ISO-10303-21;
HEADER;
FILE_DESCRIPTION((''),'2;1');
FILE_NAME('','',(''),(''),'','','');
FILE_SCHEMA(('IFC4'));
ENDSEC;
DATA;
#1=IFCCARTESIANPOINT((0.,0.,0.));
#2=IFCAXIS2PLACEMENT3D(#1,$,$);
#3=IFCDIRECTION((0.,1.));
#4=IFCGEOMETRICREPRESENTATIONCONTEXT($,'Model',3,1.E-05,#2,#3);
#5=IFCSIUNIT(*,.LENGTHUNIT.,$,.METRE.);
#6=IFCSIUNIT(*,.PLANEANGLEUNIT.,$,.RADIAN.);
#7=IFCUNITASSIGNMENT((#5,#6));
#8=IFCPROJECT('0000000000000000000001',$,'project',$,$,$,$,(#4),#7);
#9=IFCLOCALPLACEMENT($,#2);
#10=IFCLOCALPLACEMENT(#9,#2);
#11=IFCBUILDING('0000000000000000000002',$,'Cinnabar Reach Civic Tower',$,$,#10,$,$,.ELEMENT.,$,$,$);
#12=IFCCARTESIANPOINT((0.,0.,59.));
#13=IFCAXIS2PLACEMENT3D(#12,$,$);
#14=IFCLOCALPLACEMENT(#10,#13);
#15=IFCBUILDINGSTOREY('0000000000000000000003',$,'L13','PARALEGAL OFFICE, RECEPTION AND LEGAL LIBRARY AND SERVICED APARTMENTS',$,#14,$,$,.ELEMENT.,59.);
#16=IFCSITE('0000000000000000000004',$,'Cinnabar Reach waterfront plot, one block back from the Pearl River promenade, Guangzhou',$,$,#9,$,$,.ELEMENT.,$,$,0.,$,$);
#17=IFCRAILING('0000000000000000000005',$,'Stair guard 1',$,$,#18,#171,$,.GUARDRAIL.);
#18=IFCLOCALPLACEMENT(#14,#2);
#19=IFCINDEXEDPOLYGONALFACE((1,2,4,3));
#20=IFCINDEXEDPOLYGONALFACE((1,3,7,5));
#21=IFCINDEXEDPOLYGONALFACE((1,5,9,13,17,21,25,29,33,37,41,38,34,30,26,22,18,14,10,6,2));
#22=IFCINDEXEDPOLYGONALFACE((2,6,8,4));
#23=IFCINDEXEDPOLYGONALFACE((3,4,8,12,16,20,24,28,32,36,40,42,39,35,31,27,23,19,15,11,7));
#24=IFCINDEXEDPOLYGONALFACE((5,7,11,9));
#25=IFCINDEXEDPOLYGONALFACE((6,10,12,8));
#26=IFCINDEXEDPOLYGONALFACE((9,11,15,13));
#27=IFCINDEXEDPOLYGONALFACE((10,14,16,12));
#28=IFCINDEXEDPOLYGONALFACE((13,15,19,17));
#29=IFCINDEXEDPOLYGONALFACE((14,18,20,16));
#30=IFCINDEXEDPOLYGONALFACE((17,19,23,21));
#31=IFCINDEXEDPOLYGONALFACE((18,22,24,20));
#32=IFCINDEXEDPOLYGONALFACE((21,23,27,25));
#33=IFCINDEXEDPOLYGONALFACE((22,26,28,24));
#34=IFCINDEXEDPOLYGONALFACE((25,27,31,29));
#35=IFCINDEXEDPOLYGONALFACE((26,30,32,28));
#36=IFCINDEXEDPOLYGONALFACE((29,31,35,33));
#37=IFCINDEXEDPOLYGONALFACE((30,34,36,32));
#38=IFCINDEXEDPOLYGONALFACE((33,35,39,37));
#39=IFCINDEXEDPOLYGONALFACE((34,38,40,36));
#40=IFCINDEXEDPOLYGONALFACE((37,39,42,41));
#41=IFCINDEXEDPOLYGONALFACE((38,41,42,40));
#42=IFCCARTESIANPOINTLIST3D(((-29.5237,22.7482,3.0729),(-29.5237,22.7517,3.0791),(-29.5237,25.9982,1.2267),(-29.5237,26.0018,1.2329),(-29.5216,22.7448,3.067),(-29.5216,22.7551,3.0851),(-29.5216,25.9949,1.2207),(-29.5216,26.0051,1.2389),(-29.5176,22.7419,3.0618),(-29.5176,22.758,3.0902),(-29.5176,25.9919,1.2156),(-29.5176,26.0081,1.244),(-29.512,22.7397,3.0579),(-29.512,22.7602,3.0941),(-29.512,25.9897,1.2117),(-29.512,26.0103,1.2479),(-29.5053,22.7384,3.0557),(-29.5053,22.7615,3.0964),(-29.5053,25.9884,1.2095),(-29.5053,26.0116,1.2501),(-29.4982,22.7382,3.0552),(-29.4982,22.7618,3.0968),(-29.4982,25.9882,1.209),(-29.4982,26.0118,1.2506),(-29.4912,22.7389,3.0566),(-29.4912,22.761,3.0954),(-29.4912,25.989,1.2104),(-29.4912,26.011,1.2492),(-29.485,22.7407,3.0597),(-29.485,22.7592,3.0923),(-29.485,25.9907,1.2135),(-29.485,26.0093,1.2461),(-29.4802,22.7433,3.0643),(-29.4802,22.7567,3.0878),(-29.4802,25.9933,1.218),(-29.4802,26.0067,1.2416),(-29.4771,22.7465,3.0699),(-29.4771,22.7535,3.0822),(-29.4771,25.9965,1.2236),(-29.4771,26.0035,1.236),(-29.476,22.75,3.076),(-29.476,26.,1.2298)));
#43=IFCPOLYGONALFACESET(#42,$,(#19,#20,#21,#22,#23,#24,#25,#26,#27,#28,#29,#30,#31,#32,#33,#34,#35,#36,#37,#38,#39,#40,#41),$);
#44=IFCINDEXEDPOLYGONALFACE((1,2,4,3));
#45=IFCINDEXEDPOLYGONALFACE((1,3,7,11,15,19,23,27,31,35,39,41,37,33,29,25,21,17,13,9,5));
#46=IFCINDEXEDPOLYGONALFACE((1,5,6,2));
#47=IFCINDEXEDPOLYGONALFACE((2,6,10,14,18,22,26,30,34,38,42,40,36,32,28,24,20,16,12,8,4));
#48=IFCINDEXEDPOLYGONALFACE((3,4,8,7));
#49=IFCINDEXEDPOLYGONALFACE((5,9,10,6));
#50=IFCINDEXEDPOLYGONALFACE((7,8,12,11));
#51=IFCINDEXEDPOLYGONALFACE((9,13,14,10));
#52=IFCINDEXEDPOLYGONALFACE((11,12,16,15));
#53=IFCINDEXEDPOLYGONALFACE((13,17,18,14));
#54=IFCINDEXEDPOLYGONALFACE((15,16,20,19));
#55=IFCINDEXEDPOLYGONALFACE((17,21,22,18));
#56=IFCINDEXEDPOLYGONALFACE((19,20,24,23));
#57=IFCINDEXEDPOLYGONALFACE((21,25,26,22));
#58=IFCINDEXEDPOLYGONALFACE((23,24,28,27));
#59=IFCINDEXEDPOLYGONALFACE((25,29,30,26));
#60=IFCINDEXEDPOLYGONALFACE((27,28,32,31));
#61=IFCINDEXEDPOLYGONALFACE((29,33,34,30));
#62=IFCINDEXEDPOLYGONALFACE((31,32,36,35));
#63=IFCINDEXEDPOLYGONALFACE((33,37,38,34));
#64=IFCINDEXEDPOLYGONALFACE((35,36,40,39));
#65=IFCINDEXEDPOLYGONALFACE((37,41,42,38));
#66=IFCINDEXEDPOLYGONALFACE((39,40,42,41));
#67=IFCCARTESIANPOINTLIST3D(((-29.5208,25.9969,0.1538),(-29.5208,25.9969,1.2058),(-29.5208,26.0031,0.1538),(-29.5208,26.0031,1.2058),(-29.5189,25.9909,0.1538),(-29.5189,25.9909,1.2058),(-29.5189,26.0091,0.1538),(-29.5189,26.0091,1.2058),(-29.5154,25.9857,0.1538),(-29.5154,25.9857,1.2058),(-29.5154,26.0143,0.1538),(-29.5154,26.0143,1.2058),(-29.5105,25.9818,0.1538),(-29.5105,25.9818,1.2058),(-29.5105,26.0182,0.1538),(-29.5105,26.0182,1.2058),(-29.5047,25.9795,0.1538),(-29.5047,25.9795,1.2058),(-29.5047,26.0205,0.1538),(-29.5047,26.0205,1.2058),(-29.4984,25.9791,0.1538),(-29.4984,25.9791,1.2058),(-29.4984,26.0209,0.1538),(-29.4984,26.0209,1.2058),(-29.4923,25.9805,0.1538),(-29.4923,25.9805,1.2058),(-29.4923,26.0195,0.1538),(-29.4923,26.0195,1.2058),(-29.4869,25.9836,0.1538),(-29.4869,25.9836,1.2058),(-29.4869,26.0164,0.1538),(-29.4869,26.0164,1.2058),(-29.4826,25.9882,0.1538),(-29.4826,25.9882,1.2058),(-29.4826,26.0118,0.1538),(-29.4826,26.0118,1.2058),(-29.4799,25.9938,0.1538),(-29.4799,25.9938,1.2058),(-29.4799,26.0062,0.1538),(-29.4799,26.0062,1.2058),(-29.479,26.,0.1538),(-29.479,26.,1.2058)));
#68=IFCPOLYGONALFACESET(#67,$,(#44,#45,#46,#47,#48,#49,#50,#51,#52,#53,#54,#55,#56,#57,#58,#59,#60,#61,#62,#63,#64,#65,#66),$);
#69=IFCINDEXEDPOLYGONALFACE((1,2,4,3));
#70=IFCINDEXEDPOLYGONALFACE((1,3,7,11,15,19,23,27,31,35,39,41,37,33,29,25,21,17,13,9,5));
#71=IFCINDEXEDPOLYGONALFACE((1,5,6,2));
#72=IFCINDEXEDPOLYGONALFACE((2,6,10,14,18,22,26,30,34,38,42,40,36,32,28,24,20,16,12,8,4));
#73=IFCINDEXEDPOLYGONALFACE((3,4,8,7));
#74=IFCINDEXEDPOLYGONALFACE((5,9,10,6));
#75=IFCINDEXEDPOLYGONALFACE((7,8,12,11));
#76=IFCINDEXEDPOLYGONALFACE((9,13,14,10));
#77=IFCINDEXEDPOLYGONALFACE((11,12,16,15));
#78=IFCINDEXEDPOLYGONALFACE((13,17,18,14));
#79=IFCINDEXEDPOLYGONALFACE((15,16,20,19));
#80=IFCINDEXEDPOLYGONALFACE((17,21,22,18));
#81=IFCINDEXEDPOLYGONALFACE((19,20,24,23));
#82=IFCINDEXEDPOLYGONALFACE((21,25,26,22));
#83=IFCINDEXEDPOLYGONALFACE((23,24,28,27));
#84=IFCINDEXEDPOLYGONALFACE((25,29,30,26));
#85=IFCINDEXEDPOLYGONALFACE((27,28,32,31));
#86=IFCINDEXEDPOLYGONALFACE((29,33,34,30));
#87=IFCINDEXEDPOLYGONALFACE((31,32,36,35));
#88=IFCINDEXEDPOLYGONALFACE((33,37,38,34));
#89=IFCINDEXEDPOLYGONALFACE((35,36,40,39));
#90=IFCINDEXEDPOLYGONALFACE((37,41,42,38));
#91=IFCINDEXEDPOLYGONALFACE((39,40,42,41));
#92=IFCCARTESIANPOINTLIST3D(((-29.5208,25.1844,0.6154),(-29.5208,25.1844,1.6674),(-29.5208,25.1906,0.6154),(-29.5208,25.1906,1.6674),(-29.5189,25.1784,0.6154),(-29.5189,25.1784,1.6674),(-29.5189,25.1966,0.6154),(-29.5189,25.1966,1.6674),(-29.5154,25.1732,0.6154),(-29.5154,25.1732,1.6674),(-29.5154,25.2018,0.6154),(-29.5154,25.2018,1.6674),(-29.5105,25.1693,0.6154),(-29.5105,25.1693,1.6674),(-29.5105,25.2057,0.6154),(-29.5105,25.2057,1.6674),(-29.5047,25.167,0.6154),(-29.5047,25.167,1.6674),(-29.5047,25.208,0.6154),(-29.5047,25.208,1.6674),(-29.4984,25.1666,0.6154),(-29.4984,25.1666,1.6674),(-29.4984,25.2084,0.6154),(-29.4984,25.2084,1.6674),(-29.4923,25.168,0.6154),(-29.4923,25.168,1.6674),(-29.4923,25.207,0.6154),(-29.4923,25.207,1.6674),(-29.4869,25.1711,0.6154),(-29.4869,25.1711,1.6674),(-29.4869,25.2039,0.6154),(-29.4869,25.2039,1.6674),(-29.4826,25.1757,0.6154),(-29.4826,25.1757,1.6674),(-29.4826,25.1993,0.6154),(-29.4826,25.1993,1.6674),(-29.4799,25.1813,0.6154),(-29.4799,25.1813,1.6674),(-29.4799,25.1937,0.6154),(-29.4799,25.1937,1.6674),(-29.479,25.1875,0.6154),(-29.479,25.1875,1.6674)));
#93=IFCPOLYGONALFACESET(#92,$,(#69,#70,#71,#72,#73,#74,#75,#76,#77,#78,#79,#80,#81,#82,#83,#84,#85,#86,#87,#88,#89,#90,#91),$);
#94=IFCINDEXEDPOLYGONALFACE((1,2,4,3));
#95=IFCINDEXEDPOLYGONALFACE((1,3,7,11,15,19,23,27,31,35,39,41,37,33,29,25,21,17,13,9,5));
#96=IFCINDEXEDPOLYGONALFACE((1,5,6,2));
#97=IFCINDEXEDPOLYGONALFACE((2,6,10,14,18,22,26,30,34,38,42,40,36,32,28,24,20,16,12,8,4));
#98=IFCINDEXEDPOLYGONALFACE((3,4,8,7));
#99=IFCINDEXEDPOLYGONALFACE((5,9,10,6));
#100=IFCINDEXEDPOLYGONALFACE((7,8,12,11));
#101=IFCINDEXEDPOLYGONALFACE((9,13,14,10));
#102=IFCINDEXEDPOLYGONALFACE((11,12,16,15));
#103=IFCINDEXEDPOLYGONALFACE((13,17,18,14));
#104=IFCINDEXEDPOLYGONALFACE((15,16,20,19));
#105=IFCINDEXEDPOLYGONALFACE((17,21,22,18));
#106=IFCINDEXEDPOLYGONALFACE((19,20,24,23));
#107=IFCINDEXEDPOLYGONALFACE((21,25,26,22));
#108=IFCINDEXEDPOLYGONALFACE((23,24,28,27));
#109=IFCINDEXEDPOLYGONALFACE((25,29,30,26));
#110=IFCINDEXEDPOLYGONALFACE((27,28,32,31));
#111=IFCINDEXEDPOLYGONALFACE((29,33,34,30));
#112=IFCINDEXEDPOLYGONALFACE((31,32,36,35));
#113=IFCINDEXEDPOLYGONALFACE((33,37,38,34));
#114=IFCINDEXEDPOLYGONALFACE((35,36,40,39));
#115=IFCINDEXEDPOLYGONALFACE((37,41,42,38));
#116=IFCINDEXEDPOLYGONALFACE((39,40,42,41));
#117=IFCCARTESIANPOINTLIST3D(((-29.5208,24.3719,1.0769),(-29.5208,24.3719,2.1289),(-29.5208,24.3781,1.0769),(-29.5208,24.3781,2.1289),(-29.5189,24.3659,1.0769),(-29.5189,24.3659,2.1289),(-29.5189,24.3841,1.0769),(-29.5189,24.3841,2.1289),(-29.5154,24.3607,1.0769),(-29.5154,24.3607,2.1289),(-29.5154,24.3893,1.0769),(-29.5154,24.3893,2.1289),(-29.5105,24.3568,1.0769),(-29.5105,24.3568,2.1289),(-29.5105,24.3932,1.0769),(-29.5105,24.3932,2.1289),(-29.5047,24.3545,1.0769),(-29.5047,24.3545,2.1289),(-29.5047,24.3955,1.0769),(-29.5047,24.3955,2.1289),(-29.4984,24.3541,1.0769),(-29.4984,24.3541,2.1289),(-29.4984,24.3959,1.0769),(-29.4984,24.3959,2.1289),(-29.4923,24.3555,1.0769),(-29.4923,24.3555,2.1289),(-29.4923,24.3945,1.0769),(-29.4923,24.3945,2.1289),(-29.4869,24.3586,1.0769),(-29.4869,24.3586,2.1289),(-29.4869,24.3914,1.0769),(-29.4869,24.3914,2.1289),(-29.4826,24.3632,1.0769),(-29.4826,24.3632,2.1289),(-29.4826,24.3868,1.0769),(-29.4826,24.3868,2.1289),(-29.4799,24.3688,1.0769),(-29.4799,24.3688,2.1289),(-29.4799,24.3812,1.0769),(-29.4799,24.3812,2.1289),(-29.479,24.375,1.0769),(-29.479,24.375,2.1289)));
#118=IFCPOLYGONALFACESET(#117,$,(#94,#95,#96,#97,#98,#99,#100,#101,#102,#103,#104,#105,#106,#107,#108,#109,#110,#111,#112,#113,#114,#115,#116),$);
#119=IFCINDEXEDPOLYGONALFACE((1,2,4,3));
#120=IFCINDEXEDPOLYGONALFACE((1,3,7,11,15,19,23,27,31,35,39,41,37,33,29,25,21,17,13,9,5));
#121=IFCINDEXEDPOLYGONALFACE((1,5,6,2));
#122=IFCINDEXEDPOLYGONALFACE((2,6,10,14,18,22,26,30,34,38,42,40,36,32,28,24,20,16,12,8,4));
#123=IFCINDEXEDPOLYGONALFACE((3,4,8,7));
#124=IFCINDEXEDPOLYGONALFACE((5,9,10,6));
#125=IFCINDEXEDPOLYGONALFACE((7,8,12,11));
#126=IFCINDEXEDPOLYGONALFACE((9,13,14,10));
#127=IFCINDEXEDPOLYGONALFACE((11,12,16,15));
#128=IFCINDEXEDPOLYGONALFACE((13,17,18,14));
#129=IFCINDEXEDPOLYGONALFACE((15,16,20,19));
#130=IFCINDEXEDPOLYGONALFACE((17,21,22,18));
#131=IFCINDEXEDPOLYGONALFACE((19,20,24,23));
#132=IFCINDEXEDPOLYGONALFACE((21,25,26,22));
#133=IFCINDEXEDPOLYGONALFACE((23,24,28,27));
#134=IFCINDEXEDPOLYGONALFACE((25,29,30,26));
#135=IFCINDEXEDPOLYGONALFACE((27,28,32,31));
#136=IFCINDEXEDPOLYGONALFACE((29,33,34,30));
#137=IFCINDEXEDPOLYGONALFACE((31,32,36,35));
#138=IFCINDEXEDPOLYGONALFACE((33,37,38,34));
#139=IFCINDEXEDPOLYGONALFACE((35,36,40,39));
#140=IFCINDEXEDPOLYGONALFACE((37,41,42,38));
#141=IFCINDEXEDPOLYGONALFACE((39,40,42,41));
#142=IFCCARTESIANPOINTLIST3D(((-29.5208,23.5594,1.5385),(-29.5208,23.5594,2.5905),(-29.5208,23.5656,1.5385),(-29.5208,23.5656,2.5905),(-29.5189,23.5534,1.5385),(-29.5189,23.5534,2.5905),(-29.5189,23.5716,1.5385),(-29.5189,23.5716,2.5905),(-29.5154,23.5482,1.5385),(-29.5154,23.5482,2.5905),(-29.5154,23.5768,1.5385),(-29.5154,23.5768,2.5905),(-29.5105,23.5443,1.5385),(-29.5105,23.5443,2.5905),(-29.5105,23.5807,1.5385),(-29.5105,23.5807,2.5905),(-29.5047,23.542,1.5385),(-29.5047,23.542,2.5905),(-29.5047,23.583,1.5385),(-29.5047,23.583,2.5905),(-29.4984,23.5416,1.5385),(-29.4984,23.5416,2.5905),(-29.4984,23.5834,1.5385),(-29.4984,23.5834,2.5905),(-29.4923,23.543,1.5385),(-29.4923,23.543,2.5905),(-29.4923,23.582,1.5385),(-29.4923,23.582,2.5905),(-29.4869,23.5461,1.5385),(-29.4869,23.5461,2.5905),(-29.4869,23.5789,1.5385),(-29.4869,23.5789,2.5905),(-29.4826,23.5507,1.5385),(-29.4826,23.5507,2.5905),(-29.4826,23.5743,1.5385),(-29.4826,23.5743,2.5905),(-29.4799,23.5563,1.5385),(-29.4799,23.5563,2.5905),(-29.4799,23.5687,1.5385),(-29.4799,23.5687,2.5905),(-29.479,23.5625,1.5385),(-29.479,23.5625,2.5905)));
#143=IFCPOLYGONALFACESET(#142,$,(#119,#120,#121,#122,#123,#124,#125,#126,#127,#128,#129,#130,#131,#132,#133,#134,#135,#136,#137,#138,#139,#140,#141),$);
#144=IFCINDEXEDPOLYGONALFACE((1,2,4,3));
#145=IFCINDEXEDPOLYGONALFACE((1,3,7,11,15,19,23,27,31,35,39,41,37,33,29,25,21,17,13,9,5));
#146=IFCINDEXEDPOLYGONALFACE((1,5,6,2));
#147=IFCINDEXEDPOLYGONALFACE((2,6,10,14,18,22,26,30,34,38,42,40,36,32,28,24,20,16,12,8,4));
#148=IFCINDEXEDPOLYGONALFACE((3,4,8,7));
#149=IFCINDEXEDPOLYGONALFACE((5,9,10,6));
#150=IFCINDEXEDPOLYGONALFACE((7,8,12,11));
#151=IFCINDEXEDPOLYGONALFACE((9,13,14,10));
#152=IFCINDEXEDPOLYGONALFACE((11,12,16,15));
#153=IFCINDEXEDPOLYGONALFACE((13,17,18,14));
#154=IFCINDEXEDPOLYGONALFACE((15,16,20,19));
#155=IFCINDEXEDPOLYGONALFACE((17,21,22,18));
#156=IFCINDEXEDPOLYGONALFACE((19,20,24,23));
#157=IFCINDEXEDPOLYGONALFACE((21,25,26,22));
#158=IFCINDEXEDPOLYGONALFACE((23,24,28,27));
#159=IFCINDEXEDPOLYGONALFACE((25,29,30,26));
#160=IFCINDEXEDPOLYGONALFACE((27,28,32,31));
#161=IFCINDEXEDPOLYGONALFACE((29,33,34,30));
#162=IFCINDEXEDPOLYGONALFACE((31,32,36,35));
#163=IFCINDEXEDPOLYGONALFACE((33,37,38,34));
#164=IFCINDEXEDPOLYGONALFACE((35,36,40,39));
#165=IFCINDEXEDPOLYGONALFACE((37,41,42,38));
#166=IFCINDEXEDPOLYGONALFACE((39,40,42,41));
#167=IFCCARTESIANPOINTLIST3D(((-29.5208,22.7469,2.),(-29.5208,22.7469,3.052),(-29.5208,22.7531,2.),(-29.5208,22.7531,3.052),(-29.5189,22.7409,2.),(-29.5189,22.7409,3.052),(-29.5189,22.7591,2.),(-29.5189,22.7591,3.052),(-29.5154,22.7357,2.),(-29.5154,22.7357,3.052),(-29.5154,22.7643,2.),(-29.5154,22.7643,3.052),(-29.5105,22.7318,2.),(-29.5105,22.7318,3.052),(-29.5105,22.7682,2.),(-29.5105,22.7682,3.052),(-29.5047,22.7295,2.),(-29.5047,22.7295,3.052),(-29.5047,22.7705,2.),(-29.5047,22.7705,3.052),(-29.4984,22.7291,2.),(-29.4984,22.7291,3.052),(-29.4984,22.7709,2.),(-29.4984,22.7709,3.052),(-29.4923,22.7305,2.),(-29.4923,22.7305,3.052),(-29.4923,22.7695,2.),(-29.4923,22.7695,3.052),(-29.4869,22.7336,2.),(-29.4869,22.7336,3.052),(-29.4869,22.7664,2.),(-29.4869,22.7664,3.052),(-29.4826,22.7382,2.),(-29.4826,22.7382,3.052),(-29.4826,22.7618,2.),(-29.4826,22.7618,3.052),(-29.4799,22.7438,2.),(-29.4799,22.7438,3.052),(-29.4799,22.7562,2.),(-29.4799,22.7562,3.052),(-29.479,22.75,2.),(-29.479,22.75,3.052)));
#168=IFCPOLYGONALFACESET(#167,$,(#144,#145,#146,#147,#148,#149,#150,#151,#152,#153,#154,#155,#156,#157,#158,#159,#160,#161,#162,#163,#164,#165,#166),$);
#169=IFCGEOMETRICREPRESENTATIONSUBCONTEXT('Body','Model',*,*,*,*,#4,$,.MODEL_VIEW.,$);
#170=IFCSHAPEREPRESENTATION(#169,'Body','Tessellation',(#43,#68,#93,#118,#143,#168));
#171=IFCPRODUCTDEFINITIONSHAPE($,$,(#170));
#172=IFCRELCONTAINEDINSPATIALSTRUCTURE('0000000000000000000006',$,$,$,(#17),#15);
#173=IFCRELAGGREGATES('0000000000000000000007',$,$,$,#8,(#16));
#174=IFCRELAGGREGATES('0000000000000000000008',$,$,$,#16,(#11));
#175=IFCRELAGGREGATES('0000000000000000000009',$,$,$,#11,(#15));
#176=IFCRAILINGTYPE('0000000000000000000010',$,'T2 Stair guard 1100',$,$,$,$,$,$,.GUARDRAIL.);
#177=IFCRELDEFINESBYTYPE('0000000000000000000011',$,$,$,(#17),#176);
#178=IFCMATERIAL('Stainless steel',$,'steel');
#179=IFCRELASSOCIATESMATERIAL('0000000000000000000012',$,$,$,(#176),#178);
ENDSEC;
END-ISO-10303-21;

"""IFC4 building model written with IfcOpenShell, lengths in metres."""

from ifc_helpers import new_model, si_unit, direction, frame, origin, origin_2d, place, context, subcontext, project, spatial, circle, extrude, material, type_object, element, save


model = new_model("IFC4")

# Units and contexts
model_context = context("Model", 3, precision=1e-05, world=origin(), true_north=direction((0.0, 1.0)))
body_context = subcontext(model_context, "Body", "Model", "MODEL_VIEW")
ifc_project = project(units=[si_unit("LENGTHUNIT", "METRE"), si_unit("PLANEANGLEUNIT", "RADIAN")], contexts=[model_context])

# Site, building, storey
site_placement = place(None, origin())
site = spatial("IfcSite", under=ifc_project, at=site_placement, Name="Cinnabar Reach waterfront plot, one block back from the Pearl River promenade, Guangzhou", CompositionType="ELEMENT", RefElevation=0.0)
building_placement = place(site_placement, origin())
building = spatial("IfcBuilding", under=site, at=building_placement, Name="Cinnabar Reach Civic Tower", CompositionType="ELEMENT")
storey_placement = place(building_placement, frame((0.0, 0.0, 59.0)))
storey = spatial("IfcBuildingStorey", under=building, at=storey_placement, Name="L13", Description="PARALEGAL OFFICE, RECEPTION AND LEGAL LIBRARY AND SERVICED APARTMENTS", CompositionType="ELEMENT", Elevation=59.0)

# Railing
ifc_material_1 = material(Name="Stainless steel", Category="steel")
railing_type = type_object("IfcRailingType", Name="T2 Stair guard 1100", PredefinedType="GUARDRAIL", material=ifc_material_1)
railing_1_placement = place(storey_placement, frame((-29.5, 26.0, 0.1538)))
element("IfcRailing", 1, at=railing_1_placement, inside=storey, type_object=railing_type, Name="Stair guard 1", PredefinedType="GUARDRAIL", context=body_context, shape_type="SweptSolid", body=[
    extrude(circle(Radius=0.024, at=origin_2d()), frame((0.0, 0.0, 1.076), z_axis=(0.0, -0.869501, 0.49393), x_axis=(1.0, 0.0, 0.0)), (0.0, 0.0, 1.0), 3.7378),
    extrude(circle(Radius=0.021, at=origin_2d()), origin(), (0.0, 0.0, 1.0), 1.052),
    extrude(circle(Radius=0.021, at=origin_2d()), frame((0.0, -0.8125, 0.4616)), (0.0, 0.0, 1.0), 1.052),
    extrude(circle(Radius=0.021, at=origin_2d()), frame((0.0, -1.625, 0.9231)), (0.0, 0.0, 1.0), 1.052),
    extrude(circle(Radius=0.021, at=origin_2d()), frame((0.0, -2.4375, 1.3847)), (0.0, 0.0, 1.0), 1.052),
    extrude(circle(Radius=0.021, at=origin_2d()), frame((0.0, -3.25, 1.8462)), (0.0, 0.0, 1.0), 1.052),
])

save(model, "model.ifc")
